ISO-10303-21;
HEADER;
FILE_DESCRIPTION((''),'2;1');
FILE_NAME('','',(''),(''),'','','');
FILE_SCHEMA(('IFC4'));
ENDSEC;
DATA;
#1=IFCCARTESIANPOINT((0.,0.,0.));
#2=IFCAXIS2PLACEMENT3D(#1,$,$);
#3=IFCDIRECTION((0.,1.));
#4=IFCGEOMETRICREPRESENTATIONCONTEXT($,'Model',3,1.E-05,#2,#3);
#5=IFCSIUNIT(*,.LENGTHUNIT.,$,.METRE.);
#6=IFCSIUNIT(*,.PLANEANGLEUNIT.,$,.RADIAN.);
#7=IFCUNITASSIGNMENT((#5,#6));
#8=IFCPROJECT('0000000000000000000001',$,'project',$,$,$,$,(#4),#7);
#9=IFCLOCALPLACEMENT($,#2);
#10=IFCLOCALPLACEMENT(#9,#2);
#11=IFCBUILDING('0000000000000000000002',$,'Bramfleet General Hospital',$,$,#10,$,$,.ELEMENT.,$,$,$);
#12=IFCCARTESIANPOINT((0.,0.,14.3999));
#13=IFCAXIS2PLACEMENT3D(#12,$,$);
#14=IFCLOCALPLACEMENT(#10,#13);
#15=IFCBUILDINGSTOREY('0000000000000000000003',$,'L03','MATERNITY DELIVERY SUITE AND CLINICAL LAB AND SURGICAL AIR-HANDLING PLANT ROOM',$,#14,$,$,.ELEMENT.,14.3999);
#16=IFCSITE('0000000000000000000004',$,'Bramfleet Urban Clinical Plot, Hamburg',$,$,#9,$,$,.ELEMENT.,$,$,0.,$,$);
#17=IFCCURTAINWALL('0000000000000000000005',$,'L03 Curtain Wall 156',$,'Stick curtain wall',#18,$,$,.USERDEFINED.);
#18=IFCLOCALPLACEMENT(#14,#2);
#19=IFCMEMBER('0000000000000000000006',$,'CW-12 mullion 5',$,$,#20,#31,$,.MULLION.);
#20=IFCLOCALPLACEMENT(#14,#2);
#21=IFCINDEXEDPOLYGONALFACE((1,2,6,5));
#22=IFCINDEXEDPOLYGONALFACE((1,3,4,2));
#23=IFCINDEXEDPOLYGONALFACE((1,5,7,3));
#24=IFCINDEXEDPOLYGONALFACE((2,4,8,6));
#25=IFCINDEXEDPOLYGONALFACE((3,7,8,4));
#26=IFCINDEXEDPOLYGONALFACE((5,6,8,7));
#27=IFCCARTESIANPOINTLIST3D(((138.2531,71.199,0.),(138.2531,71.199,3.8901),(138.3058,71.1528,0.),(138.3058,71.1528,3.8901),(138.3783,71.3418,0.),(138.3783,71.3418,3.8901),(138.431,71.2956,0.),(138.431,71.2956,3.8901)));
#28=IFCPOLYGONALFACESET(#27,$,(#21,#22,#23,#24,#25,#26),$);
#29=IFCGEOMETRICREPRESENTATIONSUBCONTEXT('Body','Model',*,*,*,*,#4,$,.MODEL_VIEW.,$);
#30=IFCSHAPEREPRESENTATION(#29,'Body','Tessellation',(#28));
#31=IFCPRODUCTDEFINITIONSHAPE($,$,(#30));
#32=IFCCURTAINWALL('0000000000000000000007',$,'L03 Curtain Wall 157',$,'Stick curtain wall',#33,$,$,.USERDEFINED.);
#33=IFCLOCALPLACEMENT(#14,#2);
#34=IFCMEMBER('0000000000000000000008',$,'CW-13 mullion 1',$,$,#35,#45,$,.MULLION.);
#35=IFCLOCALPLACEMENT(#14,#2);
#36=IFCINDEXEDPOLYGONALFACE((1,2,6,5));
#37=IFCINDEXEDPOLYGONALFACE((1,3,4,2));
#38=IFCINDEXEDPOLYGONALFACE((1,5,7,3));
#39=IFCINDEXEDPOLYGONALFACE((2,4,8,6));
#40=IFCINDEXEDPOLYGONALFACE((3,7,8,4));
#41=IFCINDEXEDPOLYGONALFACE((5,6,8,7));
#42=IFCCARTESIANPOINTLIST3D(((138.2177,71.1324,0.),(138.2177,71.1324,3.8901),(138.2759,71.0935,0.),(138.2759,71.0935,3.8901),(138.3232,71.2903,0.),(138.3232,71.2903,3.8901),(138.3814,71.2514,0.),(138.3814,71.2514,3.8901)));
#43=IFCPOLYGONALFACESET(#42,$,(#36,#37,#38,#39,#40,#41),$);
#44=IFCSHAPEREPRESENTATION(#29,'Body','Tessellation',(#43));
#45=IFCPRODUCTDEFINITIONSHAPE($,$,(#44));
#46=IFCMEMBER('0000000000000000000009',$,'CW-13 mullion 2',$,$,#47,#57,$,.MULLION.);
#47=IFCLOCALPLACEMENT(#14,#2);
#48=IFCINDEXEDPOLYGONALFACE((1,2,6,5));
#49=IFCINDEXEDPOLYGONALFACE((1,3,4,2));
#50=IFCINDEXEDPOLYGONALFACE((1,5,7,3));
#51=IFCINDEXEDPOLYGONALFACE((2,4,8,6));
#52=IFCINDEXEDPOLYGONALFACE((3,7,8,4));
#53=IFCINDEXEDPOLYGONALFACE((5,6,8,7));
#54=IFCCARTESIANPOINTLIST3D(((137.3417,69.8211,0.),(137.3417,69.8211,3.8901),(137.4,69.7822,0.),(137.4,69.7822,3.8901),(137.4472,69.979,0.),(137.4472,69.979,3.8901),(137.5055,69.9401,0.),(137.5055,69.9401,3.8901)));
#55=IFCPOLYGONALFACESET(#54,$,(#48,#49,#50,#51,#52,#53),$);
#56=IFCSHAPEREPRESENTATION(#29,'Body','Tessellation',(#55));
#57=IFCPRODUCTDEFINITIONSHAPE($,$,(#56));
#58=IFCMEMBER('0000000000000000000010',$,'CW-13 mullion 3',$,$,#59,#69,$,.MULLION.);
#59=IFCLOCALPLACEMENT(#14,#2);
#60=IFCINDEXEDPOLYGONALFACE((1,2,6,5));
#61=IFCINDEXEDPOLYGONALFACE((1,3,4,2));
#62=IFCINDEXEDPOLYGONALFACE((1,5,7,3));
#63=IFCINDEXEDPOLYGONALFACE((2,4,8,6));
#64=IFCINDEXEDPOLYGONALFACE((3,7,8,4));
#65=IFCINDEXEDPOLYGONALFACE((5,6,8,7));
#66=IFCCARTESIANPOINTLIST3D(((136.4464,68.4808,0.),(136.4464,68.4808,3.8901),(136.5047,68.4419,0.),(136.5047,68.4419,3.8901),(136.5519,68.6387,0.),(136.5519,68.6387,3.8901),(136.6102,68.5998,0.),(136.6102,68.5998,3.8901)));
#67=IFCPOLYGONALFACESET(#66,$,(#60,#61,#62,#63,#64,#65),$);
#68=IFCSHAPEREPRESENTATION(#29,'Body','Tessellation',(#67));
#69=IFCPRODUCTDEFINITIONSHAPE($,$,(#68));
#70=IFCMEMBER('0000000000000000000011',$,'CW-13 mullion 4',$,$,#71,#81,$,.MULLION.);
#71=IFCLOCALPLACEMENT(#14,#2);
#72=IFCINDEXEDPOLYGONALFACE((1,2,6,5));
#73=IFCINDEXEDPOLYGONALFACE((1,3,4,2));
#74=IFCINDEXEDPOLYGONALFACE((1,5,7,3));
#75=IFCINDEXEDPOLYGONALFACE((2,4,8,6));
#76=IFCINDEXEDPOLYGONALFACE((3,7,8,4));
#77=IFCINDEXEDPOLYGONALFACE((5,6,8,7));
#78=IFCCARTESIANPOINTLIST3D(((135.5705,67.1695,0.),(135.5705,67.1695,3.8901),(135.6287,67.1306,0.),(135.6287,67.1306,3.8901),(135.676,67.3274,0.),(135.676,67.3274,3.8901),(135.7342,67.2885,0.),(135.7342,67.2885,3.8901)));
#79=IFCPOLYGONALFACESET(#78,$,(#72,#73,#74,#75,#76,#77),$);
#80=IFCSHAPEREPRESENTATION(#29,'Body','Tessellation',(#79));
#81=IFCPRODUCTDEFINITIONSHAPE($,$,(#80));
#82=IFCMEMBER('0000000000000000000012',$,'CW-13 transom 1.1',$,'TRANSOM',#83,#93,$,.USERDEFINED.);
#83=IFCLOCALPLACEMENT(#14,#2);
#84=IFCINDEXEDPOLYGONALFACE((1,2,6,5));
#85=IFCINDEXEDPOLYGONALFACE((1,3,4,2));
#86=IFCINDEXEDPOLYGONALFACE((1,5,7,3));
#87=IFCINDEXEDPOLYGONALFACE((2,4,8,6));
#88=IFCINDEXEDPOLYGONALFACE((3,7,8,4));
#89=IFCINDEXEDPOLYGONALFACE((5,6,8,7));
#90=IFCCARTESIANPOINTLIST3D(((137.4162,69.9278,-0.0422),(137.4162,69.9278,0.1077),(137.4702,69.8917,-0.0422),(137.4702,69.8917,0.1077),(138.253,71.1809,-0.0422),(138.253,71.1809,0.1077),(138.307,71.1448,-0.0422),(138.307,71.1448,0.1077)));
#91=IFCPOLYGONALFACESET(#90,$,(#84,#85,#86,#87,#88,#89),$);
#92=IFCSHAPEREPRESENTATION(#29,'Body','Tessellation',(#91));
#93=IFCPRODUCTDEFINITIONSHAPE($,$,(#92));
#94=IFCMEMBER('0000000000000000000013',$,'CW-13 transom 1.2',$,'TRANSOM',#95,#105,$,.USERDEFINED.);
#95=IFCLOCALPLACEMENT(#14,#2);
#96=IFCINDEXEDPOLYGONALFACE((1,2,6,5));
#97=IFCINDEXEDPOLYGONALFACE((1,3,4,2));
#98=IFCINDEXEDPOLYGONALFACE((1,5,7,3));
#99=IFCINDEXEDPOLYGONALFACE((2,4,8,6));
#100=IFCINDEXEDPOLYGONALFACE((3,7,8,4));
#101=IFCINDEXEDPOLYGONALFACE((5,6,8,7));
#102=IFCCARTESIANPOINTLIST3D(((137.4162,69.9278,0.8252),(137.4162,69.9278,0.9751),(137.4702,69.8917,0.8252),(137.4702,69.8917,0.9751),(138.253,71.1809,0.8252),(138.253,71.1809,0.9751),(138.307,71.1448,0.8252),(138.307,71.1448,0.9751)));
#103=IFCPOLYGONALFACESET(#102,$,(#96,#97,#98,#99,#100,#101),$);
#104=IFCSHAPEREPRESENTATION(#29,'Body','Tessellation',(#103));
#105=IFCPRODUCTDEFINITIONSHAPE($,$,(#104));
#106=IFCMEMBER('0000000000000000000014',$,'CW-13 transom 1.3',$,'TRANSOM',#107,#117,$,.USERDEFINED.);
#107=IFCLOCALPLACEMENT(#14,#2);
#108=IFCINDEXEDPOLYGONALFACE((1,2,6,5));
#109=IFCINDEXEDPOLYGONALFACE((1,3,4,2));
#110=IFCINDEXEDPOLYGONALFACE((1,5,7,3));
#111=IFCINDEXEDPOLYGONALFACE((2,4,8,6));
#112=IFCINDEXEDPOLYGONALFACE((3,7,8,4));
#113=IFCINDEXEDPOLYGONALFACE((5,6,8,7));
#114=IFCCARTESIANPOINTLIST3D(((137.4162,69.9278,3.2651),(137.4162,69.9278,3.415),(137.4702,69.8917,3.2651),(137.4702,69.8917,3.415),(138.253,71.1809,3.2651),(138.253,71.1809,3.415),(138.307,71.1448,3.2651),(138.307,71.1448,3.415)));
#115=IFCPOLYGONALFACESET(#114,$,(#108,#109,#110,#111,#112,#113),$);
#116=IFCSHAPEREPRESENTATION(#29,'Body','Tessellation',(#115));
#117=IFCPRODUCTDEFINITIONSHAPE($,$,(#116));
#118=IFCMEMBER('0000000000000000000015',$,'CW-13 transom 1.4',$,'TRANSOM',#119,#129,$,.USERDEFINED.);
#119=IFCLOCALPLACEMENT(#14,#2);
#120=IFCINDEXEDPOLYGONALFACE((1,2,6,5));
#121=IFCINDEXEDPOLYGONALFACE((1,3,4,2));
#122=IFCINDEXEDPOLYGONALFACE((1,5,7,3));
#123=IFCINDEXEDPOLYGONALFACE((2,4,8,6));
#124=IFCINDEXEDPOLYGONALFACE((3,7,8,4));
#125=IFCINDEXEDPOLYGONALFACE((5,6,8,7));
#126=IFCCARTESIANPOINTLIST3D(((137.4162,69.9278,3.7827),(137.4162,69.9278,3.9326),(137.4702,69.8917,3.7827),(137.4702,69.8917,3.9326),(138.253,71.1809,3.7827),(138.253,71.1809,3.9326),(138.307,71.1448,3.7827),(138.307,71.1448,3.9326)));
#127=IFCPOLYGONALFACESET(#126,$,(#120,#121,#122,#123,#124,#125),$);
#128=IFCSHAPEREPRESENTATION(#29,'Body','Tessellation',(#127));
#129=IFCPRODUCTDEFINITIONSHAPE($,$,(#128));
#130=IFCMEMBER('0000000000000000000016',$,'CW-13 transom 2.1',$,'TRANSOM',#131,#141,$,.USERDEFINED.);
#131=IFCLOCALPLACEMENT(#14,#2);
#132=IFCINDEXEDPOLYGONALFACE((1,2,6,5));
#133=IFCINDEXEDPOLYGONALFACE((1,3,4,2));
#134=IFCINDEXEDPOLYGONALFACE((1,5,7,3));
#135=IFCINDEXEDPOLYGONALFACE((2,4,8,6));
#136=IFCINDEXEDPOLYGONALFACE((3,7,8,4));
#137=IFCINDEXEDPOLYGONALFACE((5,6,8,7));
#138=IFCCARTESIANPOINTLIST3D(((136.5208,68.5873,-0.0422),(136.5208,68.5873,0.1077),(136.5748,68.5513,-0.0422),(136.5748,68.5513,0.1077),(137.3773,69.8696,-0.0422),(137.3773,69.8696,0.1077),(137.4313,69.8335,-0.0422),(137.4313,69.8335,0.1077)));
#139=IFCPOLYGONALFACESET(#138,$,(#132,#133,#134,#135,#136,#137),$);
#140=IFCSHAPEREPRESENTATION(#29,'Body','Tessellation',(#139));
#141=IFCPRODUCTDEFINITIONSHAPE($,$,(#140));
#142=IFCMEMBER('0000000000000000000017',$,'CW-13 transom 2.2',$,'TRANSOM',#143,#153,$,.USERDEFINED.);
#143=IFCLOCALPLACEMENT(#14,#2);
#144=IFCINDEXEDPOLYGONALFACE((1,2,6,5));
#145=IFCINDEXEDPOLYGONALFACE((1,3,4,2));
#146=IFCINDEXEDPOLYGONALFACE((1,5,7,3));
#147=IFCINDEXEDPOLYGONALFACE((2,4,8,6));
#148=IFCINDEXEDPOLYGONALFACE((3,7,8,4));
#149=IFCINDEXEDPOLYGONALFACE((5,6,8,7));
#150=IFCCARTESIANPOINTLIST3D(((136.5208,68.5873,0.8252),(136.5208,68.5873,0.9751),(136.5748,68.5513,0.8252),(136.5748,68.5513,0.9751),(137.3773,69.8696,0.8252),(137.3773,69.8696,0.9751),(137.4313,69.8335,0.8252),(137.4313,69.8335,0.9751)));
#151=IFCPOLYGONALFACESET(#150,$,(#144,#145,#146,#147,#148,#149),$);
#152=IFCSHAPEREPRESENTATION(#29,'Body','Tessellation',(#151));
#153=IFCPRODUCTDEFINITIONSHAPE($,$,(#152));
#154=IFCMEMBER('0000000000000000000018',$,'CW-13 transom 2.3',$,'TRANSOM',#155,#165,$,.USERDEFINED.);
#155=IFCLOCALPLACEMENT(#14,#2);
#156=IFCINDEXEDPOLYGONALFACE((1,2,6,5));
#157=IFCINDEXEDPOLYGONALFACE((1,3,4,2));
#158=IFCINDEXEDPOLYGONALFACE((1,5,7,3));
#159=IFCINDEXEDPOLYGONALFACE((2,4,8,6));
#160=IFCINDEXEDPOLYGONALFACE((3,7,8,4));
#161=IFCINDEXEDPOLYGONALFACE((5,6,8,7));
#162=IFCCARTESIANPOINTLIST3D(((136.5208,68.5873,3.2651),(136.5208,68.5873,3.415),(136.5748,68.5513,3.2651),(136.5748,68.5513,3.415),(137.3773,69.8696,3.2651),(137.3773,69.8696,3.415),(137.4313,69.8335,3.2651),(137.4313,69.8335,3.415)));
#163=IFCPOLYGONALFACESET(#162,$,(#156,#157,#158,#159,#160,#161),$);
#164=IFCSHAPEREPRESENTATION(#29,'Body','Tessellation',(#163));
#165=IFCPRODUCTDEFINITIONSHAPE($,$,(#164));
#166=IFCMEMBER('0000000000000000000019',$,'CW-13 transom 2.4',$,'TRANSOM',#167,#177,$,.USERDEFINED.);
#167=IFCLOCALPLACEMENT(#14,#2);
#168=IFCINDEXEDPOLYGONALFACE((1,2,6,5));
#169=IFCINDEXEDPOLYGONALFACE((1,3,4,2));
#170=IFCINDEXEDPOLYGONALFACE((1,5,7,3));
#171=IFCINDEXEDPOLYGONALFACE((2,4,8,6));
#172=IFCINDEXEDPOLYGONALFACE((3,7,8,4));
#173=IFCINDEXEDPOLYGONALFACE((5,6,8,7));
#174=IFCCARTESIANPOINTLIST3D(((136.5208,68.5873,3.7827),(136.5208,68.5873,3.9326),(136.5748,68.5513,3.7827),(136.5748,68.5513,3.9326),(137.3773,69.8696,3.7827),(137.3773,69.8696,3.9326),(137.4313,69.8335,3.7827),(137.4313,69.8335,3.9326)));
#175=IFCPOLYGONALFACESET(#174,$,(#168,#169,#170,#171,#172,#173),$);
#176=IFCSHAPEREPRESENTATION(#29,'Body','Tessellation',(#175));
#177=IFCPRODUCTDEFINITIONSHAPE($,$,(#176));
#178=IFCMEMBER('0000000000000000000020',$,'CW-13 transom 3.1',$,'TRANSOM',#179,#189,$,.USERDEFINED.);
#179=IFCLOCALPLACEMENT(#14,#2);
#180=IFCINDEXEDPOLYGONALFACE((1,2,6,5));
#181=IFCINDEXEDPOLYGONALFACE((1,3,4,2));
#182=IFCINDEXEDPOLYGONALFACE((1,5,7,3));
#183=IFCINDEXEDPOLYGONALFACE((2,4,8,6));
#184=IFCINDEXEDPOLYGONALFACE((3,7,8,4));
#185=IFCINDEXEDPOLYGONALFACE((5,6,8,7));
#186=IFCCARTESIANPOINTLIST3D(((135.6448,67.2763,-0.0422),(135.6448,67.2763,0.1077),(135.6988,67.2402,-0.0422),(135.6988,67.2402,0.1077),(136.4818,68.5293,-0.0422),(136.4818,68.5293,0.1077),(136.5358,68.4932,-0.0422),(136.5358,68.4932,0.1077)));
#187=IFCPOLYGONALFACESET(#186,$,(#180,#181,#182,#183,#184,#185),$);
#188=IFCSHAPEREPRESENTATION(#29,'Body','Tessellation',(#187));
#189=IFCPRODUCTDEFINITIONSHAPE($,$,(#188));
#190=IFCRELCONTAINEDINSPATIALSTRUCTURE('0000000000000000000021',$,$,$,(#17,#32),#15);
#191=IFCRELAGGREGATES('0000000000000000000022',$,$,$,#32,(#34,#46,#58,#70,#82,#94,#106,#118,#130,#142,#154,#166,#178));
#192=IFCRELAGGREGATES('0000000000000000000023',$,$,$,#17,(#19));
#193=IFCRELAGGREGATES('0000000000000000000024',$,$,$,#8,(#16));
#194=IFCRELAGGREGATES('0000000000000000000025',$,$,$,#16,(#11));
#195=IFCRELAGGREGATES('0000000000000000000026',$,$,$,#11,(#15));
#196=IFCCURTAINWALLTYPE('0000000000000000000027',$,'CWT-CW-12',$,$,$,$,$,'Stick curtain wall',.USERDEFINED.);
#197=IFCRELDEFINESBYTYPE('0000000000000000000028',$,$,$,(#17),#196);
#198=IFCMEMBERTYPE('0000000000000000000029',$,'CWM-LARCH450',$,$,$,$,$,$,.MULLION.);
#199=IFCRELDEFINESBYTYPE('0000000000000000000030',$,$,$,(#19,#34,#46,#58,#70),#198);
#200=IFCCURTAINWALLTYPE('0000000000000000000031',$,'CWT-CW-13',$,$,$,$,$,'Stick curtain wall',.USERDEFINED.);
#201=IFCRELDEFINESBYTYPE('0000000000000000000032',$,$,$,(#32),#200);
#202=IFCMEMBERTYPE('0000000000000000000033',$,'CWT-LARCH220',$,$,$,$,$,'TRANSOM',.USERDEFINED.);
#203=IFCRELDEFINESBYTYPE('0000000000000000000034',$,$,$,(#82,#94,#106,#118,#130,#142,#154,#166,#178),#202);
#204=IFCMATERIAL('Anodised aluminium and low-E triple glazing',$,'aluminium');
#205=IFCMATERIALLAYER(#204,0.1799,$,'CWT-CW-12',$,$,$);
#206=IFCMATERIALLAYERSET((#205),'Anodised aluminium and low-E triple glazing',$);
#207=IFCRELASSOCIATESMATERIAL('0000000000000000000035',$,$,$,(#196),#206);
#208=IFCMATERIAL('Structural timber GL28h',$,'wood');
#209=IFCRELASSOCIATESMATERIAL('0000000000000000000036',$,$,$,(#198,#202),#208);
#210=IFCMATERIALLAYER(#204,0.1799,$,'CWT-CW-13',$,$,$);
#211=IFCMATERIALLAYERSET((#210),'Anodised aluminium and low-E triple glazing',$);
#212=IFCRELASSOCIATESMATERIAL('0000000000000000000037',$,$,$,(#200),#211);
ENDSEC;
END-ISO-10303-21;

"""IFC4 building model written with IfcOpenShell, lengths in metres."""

from ifc_helpers import new_model, si_unit, direction, frame, origin, origin_2d, place, context, subcontext, project, spatial, rectangle, extrude, material, layer, layer_set, material_profile, profile_set, type_object, element, aggregate, save


model = new_model("IFC4")

# Units and contexts
model_context = context("Model", 3, precision=1e-05, world=origin(), true_north=direction((0.0, 1.0)))
body_context = subcontext(model_context, "Body", "Model", "MODEL_VIEW")
ifc_project = project(units=[si_unit("LENGTHUNIT", "METRE"), si_unit("PLANEANGLEUNIT", "RADIAN")], contexts=[model_context])

# Site, building, storey
site_placement = place(None, origin())
site = spatial("IfcSite", under=ifc_project, at=site_placement, Name="Bramfleet Urban Clinical Plot, Hamburg", CompositionType="ELEMENT", RefElevation=0.0)
building_placement = place(site_placement, origin())
building = spatial("IfcBuilding", under=site, at=building_placement, Name="Bramfleet General Hospital", CompositionType="ELEMENT")
storey_placement = place(building_placement, frame((0.0, 0.0, 14.3999)))
storey = spatial("IfcBuildingStorey", under=building, at=storey_placement, Name="L03", Description="MATERNITY DELIVERY SUITE AND CLINICAL LAB AND SURGICAL AIR-HANDLING PLANT ROOM", CompositionType="ELEMENT", Elevation=14.3999)

# Curtain wall, member
ifc_material_1 = material(Name="Anodised aluminium and low-E triple glazing", Category="aluminium")
ifc_layer_1 = layer(ifc_material_1, 0.1799, Name="CWT-CW-12")
ifc_layer_set_1 = layer_set([ifc_layer_1], Name="Anodised aluminium and low-E triple glazing")
curtain_wall_type_1 = type_object("IfcCurtainWallType", Name="CWT-CW-12", ElementType="Stick curtain wall", PredefinedType="USERDEFINED", material=ifc_layer_set_1)
curtain_wall_1_placement = place(storey_placement, origin())
curtain_wall_1 = element("IfcCurtainWall", 1, at=curtain_wall_1_placement, inside=storey, type_object=curtain_wall_type_1, Name="L03 Curtain Wall 156", ObjectType="Stick curtain wall", PredefinedType="USERDEFINED")
ifc_material_2 = material(Name="Structural timber GL28h", Category="wood")
ifc_material_profile_1 = material_profile(ifc_material_2, rectangle(XDim=0.0701, YDim=0.1899, at=origin_2d()), Name="LARCH 190x70")
ifc_profile_set_1 = profile_set([ifc_material_profile_1], Name="Structural timber GL28h")
member_type_1 = type_object("IfcMemberType", Name="CWM-LARCH450", PredefinedType="MULLION", material=ifc_profile_set_1)
member_1_placement = place(storey_placement, frame((138.342, 71.2473, 0.0), z_axis=(0.0, 0.0, 1.0), x_axis=(0.751787, -0.659406, 0.0)))
member_1 = element("IfcMember", 2, at=member_1_placement, type_object=member_type_1, Name="CW-12 mullion 5", PredefinedType="MULLION", context=body_context, shape_type="SweptSolid", body=[
    extrude(rectangle(XDim=0.0701, YDim=0.1899, at=origin_2d()), origin(), (0.0, 0.0, 1.0), 3.8901),
])

# Curtain wall, members
ifc_layer_2 = layer(ifc_material_1, 0.1799, Name="CWT-CW-13")
ifc_layer_set_2 = layer_set([ifc_layer_2], Name="Anodised aluminium and low-E triple glazing")
curtain_wall_type_2 = type_object("IfcCurtainWallType", Name="CWT-CW-13", ElementType="Stick curtain wall", PredefinedType="USERDEFINED", material=ifc_layer_set_2)
curtain_wall_2_placement = place(storey_placement, origin())
curtain_wall_2 = element("IfcCurtainWall", 3, at=curtain_wall_2_placement, inside=storey, type_object=curtain_wall_type_2, Name="L03 Curtain Wall 157", ObjectType="Stick curtain wall", PredefinedType="USERDEFINED")
member_2_placement = place(storey_placement, frame((138.2996, 71.1919, 0.0), z_axis=(0.0, 0.0, 1.0), x_axis=(0.831541, -0.555464, 0.0)))
member_2 = element("IfcMember", 4, at=member_2_placement, type_object=member_type_1, Name="CW-13 mullion 1", PredefinedType="MULLION", context=body_context, shape_type="SweptSolid", body=[
    extrude(rectangle(XDim=0.0701, YDim=0.1899, at=origin_2d()), origin(), (0.0, 0.0, 1.0), 3.8901),
])
member_3_placement = place(storey_placement, frame((137.4236, 69.8806, 0.0), z_axis=(0.0, 0.0, 1.0), x_axis=(0.831541, -0.555464, 0.0)))
member_3 = element("IfcMember", 5, at=member_3_placement, type_object=member_type_1, Name="CW-13 mullion 2", PredefinedType="MULLION", context=body_context, shape_type="SweptSolid", body=[
    extrude(rectangle(XDim=0.0701, YDim=0.1899, at=origin_2d()), origin(), (0.0, 0.0, 1.0), 3.8901),
])
member_4_placement = place(storey_placement, frame((136.5283, 68.5403, 0.0), z_axis=(0.0, 0.0, 1.0), x_axis=(0.831541, -0.555464, 0.0)))
member_4 = element("IfcMember", 6, at=member_4_placement, type_object=member_type_1, Name="CW-13 mullion 3", PredefinedType="MULLION", context=body_context, shape_type="SweptSolid", body=[
    extrude(rectangle(XDim=0.0701, YDim=0.1899, at=origin_2d()), origin(), (0.0, 0.0, 1.0), 3.8901),
])
member_5_placement = place(storey_placement, frame((135.6523, 67.229, 0.0), z_axis=(0.0, 0.0, 1.0), x_axis=(0.831541, -0.555464, 0.0)))
member_5 = element("IfcMember", 7, at=member_5_placement, type_object=member_type_1, Name="CW-13 mullion 4", PredefinedType="MULLION", context=body_context, shape_type="SweptSolid", body=[
    extrude(rectangle(XDim=0.0701, YDim=0.1899, at=origin_2d()), origin(), (0.0, 0.0, 1.0), 3.8901),
])
ifc_material_profile_2 = material_profile(ifc_material_2, rectangle(XDim=0.0649, YDim=0.1499, at=origin_2d()), Name="LARCH 150x65")
ifc_profile_set_2 = profile_set([ifc_material_profile_2], Name="Structural timber GL28h")
member_type_2 = type_object("IfcMemberType", Name="CWT-LARCH220", ElementType="TRANSOM", PredefinedType="USERDEFINED", material=ifc_profile_set_2)
member_6_placement = place(storey_placement, frame((138.28, 71.1628, 0.0327), z_axis=(-0.555373, -0.831601, 0.0), x_axis=(0.831601, -0.555373, 0.0)))
member_6 = element("IfcMember", 8, at=member_6_placement, type_object=member_type_2, Name="CW-13 transom 1.1", ObjectType="TRANSOM", PredefinedType="USERDEFINED", context=body_context, shape_type="SweptSolid", body=[
    extrude(rectangle(XDim=0.0649, YDim=0.1499, at=origin_2d()), origin(), (0.0, 0.0, 1.0), 1.5068),
])
member_7_placement = place(storey_placement, frame((138.28, 71.1628, 0.9001), z_axis=(-0.555373, -0.831601, 0.0), x_axis=(0.831601, -0.555373, 0.0)))
member_7 = element("IfcMember", 9, at=member_7_placement, type_object=member_type_2, Name="CW-13 transom 1.2", ObjectType="TRANSOM", PredefinedType="USERDEFINED", context=body_context, shape_type="SweptSolid", body=[
    extrude(rectangle(XDim=0.0649, YDim=0.1499, at=origin_2d()), origin(), (0.0, 0.0, 1.0), 1.5068),
])
member_8_placement = place(storey_placement, frame((138.28, 71.1628, 3.3401), z_axis=(-0.555373, -0.831601, 0.0), x_axis=(0.831601, -0.555373, 0.0)))
member_8 = element("IfcMember", 10, at=member_8_placement, type_object=member_type_2, Name="CW-13 transom 1.3", ObjectType="TRANSOM", PredefinedType="USERDEFINED", context=body_context, shape_type="SweptSolid", body=[
    extrude(rectangle(XDim=0.0649, YDim=0.1499, at=origin_2d()), origin(), (0.0, 0.0, 1.0), 1.5068),
])
member_9_placement = place(storey_placement, frame((138.28, 71.1628, 3.8577), z_axis=(-0.555373, -0.831601, 0.0), x_axis=(0.831601, -0.555373, 0.0)))
member_9 = element("IfcMember", 11, at=member_9_placement, type_object=member_type_2, Name="CW-13 transom 1.4", ObjectType="TRANSOM", PredefinedType="USERDEFINED", context=body_context, shape_type="SweptSolid", body=[
    extrude(rectangle(XDim=0.0649, YDim=0.1499, at=origin_2d()), origin(), (0.0, 0.0, 1.0), 1.5068),
])
member_10_placement = place(storey_placement, frame((137.4043, 69.8516, 0.0327), z_axis=(-0.555431, -0.831563, 0.0), x_axis=(0.831563, -0.555431, 0.0)))
member_10 = element("IfcMember", 12, at=member_10_placement, type_object=member_type_2, Name="CW-13 transom 2.1", ObjectType="TRANSOM", PredefinedType="USERDEFINED", context=body_context, shape_type="SweptSolid", body=[
    extrude(rectangle(XDim=0.0649, YDim=0.1499, at=origin_2d()), origin(), (0.0, 0.0, 1.0), 1.542),
])
member_11_placement = place(storey_placement, frame((137.4043, 69.8516, 0.9001), z_axis=(-0.555431, -0.831563, 0.0), x_axis=(0.831563, -0.555431, 0.0)))
member_11 = element("IfcMember", 13, at=member_11_placement, type_object=member_type_2, Name="CW-13 transom 2.2", ObjectType="TRANSOM", PredefinedType="USERDEFINED", context=body_context, shape_type="SweptSolid", body=[
    extrude(rectangle(XDim=0.0649, YDim=0.1499, at=origin_2d()), origin(), (0.0, 0.0, 1.0), 1.542),
])
member_12_placement = place(storey_placement, frame((137.4043, 69.8516, 3.3401), z_axis=(-0.555431, -0.831563, 0.0), x_axis=(0.831563, -0.555431, 0.0)))
member_12 = element("IfcMember", 14, at=member_12_placement, type_object=member_type_2, Name="CW-13 transom 2.3", ObjectType="TRANSOM", PredefinedType="USERDEFINED", context=body_context, shape_type="SweptSolid", body=[
    extrude(rectangle(XDim=0.0649, YDim=0.1499, at=origin_2d()), origin(), (0.0, 0.0, 1.0), 1.542),
])
member_13_placement = place(storey_placement, frame((137.4043, 69.8516, 3.8577), z_axis=(-0.555431, -0.831563, 0.0), x_axis=(0.831563, -0.555431, 0.0)))
member_13 = element("IfcMember", 15, at=member_13_placement, type_object=member_type_2, Name="CW-13 transom 2.4", ObjectType="TRANSOM", PredefinedType="USERDEFINED", context=body_context, shape_type="SweptSolid", body=[
    extrude(rectangle(XDim=0.0649, YDim=0.1499, at=origin_2d()), origin(), (0.0, 0.0, 1.0), 1.542),
])
member_14_placement = place(storey_placement, frame((136.5088, 68.5112, 0.0327), z_axis=(-0.555448, -0.831551, 0.0), x_axis=(0.831551, -0.555448, 0.0)))
member_14 = element("IfcMember", 16, at=member_14_placement, type_object=member_type_2, Name="CW-13 transom 3.1", ObjectType="TRANSOM", PredefinedType="USERDEFINED", context=body_context, shape_type="SweptSolid", body=[
    extrude(rectangle(XDim=0.0649, YDim=0.1499, at=origin_2d()), origin(), (0.0, 0.0, 1.0), 1.5068),
])
aggregate(curtain_wall_2, [member_2, member_3, member_4, member_5, member_6, member_7, member_8, member_9, member_10, member_11, member_12, member_13, member_14])

aggregate(curtain_wall_1, [member_1])

save(model, "model.ifc")
